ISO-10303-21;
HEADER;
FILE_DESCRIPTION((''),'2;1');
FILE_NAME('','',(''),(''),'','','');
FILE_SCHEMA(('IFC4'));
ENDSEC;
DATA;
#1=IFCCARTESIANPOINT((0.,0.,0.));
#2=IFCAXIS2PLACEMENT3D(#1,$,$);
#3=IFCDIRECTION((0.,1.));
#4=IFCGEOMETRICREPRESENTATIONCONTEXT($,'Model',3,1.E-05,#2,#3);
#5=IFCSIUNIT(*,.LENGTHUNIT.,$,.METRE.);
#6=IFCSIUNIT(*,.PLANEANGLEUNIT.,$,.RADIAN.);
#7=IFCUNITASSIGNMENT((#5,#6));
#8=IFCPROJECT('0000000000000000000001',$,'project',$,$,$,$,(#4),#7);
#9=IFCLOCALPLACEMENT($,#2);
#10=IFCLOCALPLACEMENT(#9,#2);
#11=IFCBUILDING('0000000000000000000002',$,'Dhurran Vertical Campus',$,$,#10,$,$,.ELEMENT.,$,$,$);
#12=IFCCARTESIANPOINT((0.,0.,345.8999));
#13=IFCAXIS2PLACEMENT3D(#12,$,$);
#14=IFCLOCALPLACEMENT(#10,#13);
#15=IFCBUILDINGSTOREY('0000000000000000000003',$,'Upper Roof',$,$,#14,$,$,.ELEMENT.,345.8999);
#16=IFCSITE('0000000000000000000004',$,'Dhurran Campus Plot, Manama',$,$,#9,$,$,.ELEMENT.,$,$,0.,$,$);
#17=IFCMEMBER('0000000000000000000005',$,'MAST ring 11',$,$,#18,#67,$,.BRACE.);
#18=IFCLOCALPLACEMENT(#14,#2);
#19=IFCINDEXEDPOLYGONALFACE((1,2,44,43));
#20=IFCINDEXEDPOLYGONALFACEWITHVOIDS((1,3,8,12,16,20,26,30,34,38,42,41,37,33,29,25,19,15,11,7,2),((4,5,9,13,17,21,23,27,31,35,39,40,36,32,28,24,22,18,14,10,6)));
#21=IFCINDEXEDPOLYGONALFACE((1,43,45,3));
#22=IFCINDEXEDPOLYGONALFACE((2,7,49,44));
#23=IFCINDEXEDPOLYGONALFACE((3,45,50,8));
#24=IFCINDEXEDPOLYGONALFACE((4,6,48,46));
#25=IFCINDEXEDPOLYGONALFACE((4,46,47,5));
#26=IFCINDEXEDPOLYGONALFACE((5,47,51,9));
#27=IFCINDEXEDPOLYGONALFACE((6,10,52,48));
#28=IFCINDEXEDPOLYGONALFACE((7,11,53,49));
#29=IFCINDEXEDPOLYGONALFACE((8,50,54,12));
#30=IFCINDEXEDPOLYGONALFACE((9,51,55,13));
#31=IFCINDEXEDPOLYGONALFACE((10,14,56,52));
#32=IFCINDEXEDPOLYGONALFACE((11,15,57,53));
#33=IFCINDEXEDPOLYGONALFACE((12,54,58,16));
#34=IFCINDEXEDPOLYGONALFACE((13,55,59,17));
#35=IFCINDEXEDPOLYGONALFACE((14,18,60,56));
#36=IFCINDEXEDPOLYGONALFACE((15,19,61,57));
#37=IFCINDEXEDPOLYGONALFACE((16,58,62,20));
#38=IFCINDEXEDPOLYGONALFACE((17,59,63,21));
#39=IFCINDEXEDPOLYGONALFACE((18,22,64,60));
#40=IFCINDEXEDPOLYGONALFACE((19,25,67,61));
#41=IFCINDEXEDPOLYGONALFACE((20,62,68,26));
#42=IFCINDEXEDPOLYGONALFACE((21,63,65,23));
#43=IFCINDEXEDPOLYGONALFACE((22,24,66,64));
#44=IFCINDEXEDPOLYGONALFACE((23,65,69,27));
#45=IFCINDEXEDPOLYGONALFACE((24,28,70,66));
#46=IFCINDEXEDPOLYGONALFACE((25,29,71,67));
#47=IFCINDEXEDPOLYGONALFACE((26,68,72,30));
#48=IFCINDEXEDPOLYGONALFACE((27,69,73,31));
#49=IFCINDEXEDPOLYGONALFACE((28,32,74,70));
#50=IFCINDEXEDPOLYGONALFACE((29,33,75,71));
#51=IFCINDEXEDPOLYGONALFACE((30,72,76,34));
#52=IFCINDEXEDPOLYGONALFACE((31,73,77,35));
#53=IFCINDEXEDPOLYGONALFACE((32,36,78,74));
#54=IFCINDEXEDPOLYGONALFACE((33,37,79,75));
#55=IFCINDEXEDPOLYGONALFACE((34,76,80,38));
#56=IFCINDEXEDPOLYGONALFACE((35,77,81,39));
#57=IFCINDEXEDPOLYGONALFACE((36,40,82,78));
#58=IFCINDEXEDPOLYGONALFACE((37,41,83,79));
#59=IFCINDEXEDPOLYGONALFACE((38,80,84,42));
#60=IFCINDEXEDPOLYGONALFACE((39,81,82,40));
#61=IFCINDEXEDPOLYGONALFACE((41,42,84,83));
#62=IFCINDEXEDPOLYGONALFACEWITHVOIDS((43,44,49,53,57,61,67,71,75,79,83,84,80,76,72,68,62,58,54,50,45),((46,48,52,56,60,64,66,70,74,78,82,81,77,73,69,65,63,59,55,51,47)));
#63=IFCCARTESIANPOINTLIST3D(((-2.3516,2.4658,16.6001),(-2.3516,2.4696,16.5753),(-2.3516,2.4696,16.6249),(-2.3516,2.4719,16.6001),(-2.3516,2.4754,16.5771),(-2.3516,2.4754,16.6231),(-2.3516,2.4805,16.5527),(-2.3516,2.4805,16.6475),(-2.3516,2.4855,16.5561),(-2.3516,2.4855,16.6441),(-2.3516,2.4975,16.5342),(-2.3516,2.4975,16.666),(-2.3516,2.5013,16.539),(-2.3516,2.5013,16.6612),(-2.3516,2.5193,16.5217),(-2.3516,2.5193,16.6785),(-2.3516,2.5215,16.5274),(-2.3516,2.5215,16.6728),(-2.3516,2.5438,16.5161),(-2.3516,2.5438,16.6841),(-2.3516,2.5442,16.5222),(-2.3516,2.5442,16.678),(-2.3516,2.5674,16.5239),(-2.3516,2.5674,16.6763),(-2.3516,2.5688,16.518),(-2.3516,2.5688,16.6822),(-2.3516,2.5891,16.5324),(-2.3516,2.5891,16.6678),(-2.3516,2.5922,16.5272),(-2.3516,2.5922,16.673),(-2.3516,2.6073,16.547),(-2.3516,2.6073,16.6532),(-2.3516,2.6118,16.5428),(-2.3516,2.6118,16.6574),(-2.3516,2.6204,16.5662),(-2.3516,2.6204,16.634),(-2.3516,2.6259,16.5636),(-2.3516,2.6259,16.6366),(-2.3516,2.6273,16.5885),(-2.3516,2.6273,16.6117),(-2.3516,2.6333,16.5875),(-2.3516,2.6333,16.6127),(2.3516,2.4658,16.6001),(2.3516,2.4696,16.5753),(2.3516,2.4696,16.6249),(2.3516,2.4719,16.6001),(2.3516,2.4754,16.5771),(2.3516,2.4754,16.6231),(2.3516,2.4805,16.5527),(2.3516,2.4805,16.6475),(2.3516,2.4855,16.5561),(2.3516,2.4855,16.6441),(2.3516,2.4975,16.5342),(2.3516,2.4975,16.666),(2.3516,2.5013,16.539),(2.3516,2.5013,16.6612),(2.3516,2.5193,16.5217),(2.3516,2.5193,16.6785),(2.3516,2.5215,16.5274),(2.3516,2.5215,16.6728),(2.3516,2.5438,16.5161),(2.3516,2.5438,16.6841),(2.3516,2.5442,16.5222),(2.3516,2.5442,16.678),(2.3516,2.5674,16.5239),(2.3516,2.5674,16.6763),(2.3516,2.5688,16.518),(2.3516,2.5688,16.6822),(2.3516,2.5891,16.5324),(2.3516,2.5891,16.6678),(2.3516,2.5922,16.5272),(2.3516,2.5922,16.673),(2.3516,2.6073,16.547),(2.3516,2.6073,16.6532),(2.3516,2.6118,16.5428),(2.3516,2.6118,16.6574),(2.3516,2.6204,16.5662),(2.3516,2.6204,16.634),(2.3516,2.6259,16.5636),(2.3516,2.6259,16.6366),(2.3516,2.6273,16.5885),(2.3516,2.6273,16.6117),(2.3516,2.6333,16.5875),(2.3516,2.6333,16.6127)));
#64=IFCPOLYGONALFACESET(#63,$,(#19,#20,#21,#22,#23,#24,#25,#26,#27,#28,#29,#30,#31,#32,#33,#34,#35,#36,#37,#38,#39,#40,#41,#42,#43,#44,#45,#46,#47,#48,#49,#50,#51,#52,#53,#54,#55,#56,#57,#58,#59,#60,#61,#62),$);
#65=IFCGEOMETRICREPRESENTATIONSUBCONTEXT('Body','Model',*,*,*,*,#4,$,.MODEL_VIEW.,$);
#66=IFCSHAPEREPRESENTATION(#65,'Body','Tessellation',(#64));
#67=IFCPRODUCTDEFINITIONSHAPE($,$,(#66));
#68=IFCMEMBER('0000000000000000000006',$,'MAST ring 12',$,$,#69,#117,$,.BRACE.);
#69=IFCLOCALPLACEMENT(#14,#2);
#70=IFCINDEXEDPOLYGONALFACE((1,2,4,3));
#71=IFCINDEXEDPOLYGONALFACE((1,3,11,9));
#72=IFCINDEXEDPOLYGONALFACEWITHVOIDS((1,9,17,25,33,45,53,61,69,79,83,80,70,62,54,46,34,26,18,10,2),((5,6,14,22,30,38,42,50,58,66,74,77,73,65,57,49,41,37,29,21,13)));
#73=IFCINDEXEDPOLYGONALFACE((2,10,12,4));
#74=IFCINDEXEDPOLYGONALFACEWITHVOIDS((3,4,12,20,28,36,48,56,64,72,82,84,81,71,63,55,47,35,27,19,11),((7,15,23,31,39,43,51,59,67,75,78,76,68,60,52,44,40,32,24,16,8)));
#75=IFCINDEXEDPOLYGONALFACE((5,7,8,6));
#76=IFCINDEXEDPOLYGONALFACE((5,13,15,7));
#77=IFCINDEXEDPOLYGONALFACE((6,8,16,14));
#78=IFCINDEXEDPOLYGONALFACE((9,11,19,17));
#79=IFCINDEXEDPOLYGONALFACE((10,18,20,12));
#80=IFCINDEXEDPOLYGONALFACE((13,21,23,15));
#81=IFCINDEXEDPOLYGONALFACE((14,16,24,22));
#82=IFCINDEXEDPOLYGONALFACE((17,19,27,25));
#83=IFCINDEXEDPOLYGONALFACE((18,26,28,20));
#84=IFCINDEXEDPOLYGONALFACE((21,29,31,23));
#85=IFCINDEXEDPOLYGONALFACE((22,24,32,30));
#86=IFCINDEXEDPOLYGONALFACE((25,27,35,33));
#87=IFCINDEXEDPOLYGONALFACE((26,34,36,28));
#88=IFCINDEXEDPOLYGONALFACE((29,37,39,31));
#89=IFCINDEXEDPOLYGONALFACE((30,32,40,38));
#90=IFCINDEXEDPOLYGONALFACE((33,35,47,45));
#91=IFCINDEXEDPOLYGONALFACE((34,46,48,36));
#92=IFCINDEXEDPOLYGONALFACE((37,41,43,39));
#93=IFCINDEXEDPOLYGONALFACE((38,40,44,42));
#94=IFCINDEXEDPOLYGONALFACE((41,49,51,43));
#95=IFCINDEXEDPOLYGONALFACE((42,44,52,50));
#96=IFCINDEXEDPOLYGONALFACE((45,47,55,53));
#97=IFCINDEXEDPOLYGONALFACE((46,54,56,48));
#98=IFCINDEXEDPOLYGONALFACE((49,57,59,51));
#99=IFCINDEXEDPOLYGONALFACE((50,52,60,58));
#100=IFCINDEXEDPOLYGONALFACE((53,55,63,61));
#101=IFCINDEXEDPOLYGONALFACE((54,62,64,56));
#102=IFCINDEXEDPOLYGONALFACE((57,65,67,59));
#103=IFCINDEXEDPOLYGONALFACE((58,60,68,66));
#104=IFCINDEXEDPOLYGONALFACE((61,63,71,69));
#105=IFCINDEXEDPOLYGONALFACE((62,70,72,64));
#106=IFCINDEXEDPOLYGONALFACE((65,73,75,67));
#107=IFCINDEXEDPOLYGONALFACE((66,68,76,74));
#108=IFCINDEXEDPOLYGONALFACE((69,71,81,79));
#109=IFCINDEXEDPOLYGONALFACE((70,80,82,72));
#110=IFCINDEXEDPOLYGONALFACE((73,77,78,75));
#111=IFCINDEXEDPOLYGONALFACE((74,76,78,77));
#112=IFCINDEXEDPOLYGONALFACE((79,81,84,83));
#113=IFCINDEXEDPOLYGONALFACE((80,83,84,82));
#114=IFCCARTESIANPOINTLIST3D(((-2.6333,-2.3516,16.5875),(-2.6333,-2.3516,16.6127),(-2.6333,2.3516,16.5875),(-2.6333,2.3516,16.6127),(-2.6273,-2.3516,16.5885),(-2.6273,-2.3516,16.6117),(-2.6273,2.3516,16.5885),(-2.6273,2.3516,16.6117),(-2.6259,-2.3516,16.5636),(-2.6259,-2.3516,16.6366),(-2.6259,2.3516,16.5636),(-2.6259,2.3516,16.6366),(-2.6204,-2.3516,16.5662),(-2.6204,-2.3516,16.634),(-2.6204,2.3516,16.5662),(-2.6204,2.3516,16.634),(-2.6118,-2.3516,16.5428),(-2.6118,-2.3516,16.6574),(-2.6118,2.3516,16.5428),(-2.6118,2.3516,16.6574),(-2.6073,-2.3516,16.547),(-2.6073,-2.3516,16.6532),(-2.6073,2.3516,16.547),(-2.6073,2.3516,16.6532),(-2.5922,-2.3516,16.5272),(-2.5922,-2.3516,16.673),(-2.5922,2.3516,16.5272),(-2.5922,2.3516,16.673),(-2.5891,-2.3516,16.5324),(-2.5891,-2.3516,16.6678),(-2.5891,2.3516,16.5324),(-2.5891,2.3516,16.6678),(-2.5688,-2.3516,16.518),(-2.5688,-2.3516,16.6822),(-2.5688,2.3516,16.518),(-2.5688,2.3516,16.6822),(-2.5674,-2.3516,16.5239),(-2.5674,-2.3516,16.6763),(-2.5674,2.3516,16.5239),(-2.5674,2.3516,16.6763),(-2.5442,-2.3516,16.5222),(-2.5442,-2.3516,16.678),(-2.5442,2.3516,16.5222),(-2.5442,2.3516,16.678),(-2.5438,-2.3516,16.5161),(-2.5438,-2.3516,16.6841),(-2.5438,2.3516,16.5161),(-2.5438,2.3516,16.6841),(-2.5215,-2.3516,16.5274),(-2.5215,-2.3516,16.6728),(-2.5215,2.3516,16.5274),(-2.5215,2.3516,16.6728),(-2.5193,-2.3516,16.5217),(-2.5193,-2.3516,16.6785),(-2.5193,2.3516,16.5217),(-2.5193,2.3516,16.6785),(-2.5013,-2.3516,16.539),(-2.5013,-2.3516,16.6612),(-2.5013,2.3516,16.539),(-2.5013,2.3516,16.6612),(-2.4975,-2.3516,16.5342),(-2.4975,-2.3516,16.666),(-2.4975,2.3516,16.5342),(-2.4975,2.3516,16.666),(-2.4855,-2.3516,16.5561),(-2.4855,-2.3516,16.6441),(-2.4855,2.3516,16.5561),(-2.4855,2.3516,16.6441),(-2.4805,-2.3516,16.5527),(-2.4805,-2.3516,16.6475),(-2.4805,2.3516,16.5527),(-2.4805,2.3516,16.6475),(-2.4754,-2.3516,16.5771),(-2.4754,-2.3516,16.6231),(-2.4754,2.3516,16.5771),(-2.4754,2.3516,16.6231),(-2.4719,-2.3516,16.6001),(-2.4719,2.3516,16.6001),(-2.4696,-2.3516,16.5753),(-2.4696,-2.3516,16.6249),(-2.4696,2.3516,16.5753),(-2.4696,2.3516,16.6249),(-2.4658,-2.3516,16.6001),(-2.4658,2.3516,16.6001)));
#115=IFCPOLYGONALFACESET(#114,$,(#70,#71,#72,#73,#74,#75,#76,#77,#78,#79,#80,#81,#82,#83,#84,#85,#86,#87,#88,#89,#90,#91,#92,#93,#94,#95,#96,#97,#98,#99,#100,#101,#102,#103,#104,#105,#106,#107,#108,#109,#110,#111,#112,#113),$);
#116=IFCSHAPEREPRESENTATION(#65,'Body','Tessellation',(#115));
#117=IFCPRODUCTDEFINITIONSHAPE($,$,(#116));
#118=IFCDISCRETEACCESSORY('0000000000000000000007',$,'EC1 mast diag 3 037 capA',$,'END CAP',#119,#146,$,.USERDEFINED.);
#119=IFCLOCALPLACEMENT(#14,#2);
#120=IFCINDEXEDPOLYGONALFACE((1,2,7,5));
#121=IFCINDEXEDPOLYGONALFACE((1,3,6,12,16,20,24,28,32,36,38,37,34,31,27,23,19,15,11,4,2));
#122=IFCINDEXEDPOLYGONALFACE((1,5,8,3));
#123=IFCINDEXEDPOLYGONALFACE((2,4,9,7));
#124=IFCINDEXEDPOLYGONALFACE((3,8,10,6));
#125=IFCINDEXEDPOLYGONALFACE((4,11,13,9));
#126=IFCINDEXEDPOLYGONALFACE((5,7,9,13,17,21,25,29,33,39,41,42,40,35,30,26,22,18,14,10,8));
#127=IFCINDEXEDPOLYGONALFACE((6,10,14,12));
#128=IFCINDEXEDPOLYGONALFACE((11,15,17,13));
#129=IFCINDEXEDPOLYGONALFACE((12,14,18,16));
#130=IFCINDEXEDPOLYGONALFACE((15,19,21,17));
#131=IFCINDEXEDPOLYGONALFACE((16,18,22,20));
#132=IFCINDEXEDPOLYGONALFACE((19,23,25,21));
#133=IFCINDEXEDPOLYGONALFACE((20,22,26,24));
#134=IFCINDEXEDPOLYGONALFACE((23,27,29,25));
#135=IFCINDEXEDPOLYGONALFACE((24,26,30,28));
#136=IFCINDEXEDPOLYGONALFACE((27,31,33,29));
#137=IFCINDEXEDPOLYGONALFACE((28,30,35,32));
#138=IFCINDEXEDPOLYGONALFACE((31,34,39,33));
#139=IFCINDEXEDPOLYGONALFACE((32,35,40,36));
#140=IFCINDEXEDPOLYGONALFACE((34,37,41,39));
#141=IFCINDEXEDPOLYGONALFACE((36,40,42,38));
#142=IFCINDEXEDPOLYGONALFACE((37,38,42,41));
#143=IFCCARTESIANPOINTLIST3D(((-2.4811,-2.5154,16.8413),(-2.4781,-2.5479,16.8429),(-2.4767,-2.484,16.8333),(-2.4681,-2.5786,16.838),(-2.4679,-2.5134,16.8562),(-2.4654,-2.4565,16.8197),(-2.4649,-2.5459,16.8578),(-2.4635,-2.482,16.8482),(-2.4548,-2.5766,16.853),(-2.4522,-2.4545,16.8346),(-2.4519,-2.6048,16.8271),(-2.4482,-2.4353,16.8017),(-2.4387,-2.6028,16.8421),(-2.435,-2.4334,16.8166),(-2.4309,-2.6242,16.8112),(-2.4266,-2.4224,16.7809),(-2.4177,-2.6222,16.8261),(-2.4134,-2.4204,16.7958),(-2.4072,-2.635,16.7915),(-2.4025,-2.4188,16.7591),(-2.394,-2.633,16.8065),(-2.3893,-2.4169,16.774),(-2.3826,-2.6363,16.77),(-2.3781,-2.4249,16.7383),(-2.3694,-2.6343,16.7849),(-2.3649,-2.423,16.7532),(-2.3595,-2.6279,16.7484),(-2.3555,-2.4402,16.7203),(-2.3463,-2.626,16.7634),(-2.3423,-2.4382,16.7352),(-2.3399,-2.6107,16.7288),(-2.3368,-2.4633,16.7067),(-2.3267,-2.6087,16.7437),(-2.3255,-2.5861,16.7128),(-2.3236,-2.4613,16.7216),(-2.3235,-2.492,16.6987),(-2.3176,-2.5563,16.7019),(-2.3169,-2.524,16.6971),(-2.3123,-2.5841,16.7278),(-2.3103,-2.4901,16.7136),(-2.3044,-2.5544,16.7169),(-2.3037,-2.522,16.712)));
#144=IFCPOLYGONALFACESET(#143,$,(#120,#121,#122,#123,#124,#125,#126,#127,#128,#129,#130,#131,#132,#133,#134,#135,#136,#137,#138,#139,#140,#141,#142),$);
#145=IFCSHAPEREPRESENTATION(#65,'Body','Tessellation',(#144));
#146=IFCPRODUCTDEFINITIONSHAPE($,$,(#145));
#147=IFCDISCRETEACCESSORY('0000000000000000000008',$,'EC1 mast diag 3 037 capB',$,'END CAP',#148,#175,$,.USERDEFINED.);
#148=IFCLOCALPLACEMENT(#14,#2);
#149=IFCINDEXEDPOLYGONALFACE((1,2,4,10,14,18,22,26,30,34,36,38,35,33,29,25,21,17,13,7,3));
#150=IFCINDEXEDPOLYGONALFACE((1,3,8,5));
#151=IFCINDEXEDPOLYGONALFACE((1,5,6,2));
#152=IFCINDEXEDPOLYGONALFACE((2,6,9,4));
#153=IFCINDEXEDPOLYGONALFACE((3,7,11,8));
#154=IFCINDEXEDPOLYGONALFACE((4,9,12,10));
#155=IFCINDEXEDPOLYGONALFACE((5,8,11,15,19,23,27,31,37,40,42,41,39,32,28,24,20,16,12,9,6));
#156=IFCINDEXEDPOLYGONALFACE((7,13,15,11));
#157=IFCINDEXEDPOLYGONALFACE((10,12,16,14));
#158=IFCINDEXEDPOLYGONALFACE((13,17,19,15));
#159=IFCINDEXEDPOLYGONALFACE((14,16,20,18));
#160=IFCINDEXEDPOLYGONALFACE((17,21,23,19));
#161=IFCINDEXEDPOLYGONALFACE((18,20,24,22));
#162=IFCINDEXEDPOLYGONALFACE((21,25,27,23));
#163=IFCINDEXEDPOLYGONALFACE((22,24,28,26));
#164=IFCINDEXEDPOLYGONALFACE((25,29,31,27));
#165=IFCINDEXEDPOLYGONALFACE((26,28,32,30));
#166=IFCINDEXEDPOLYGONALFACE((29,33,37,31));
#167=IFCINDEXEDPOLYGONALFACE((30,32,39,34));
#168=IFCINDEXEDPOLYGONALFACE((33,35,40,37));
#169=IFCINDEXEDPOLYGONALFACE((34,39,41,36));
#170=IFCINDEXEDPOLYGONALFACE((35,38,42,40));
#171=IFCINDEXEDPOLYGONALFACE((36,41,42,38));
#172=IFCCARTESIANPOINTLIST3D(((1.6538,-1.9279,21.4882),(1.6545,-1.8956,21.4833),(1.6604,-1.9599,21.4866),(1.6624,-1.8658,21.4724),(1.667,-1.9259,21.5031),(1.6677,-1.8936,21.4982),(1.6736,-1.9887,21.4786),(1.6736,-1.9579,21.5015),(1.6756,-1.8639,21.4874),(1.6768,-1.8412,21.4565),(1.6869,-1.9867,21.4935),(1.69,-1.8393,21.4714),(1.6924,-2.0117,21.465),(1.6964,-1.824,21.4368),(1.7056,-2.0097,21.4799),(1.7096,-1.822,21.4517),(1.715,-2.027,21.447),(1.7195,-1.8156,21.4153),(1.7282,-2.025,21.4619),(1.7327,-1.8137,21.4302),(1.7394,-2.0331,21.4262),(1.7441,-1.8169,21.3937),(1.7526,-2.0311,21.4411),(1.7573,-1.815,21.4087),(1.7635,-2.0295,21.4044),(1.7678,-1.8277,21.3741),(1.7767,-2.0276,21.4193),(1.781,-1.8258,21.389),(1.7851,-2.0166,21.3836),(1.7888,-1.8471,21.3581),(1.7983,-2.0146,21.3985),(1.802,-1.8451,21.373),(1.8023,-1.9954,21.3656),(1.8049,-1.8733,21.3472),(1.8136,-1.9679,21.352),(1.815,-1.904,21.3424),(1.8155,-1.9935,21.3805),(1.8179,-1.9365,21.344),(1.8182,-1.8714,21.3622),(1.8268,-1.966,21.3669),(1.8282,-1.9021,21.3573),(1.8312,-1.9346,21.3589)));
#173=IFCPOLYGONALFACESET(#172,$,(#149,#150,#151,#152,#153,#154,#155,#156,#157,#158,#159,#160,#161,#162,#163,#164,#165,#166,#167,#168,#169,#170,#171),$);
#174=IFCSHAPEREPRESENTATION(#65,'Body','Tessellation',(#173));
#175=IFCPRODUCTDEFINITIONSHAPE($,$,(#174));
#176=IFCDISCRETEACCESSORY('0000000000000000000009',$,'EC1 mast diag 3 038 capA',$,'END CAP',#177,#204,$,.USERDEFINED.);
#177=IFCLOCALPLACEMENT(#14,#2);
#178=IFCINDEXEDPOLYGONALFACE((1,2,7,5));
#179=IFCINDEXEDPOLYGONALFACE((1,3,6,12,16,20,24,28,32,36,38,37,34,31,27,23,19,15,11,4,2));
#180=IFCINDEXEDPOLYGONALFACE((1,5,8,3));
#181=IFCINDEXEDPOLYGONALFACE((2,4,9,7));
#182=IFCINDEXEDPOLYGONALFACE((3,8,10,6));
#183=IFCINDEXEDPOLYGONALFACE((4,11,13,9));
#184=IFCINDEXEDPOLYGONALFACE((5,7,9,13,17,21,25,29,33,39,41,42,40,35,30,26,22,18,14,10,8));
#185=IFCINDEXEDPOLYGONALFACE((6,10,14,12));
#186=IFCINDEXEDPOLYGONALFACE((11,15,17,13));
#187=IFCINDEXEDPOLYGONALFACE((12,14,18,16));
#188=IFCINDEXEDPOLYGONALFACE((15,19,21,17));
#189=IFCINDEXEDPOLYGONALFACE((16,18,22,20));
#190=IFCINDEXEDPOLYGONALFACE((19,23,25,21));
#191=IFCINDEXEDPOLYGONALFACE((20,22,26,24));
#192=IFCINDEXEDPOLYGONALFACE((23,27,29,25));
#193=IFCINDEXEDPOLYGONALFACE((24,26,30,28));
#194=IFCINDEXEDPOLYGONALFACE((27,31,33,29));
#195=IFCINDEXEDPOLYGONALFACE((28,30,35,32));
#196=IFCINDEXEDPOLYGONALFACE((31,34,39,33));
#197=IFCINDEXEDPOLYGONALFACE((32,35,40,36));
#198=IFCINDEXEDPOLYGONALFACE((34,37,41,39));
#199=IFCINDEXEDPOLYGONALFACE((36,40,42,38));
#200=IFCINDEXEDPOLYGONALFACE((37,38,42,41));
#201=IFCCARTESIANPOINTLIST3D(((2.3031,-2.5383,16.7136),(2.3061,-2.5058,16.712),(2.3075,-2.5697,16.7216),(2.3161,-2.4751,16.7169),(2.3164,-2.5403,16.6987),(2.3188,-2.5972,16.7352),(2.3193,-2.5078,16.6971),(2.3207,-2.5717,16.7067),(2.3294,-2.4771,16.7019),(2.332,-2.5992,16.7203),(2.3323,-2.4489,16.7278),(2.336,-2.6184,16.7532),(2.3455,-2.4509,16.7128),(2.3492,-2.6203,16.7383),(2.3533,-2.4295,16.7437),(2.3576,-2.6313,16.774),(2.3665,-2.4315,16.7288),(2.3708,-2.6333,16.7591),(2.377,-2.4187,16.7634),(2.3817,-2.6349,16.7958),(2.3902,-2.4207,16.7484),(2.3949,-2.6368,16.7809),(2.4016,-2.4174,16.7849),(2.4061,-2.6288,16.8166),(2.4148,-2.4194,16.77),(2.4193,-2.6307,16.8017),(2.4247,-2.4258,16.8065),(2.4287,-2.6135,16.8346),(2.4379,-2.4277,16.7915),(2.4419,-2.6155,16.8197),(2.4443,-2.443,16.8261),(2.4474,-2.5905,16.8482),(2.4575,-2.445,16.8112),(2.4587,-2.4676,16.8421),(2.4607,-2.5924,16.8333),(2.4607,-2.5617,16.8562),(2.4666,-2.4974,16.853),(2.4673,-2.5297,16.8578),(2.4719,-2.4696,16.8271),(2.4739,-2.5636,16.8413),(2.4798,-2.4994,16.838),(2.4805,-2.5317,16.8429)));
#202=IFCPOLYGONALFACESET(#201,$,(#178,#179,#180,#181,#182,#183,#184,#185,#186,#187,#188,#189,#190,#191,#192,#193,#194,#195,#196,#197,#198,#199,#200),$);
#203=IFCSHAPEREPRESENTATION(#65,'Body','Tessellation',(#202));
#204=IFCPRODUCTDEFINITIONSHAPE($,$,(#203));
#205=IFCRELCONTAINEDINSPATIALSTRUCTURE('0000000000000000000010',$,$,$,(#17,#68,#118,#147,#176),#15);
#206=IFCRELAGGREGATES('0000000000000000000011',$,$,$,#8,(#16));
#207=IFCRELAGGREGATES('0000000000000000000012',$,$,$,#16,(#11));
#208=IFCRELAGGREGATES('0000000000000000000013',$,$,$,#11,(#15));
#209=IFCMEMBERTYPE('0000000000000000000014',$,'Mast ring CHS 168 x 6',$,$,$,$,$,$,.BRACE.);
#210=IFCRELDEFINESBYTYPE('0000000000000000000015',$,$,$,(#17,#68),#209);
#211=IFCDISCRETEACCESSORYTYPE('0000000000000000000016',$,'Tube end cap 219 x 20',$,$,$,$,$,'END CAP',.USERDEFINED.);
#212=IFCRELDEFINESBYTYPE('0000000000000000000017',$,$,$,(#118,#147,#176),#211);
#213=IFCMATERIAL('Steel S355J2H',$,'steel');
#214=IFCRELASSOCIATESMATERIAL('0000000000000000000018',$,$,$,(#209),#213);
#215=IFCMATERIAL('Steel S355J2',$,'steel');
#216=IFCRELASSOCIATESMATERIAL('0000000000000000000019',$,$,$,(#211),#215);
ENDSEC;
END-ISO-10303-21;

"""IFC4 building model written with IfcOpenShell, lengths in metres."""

from ifc_helpers import new_model, si_unit, direction, frame, origin, origin_2d, place, context, subcontext, project, spatial, circle, hollow_circle, extrude, material, material_profile, profile_set, type_object, element, save


model = new_model("IFC4")

# Units and contexts
model_context = context("Model", 3, precision=1e-05, world=origin(), true_north=direction((0.0, 1.0)))
body_context = subcontext(model_context, "Body", "Model", "MODEL_VIEW")
ifc_project = project(units=[si_unit("LENGTHUNIT", "METRE"), si_unit("PLANEANGLEUNIT", "RADIAN")], contexts=[model_context])

# Site, building, storey
site_placement = place(None, origin())
site = spatial("IfcSite", under=ifc_project, at=site_placement, Name="Dhurran Campus Plot, Manama", CompositionType="ELEMENT", RefElevation=0.0)
building_placement = place(site_placement, origin())
building = spatial("IfcBuilding", under=site, at=building_placement, Name="Dhurran Vertical Campus", CompositionType="ELEMENT")
storey_placement = place(building_placement, frame((0.0, 0.0, 345.8999)))
storey = spatial("IfcBuildingStorey", under=building, at=storey_placement, Name="Upper Roof", CompositionType="ELEMENT", Elevation=345.8999)

# Members
ifc_material_1 = material(Name="Steel S355J2H", Category="steel")
ifc_material_profile_1 = material_profile(ifc_material_1, hollow_circle(Radius=0.0842, WallThickness=0.0061, at=origin_2d()), Name="CHS168x6")
ifc_profile_set_1 = profile_set([ifc_material_profile_1], Name="Steel S355J2H")
member_type_1 = type_object("IfcMemberType", Name="Mast ring CHS 168 x 6", PredefinedType="BRACE", material=ifc_profile_set_1)
for number, where, z_axis, x_axis, name in (
    (1, (2.3516, 2.55, 16.6001), (-1.0, 0.0, 0.0), (0.0, -1.0, 0.0), "MAST ring 11"),
    (2, (-2.55, 2.3516, 16.6001), (0.0, -1.0, 0.0), (1.0, 0.0, 0.0), "MAST ring 12"),
):
    element("IfcMember", number, at=place(storey_placement, frame(where, z_axis=z_axis, x_axis=x_axis)), inside=storey, type_object=member_type_1, Name=name, PredefinedType="BRACE", context=body_context, shape_type="SweptSolid", body=[
        extrude(hollow_circle(Radius=0.0842, WallThickness=0.0061, at=origin_2d()), origin(), (0.0, 0.0, 1.0), 4.7031),
    ])

# Discrete accessories
ifc_material_2 = material(Name="Steel S355J2", Category="steel")
ifc_material_profile_2 = material_profile(ifc_material_2, circle(Radius=0.1096, at=origin_2d()), Name="Tube end cap 219 x 20")
ifc_profile_set_2 = profile_set([ifc_material_profile_2], Name="Steel S355J2")
discrete_accessory_type = type_object("IfcDiscreteAccessoryType", Name="Tube end cap 219 x 20", ElementType="END CAP", PredefinedType="USERDEFINED", material=ifc_profile_set_2)
for number, where, z_axis, x_axis, name in (
    (3, (-2.3855, -2.5259, 16.7849), (-0.659666, -0.097728, -0.745178), (0.146549, -0.989203, 0.0), "EC1 mast diag 3 037 capA"),
    (4, (1.7356, -1.9241, 21.4153), (0.659666, 0.097728, 0.745178), (-0.146549, 0.989203, 0.0), "EC1 mast diag 3 037 capB"),
    (5, (2.3855, -2.5259, 16.7849), (0.659666, -0.097728, -0.745178), (0.146549, 0.989203, 0.0), "EC1 mast diag 3 038 capA"),
):
    element("IfcDiscreteAccessory", number, at=place(storey_placement, frame(where, z_axis=z_axis, x_axis=x_axis)), inside=storey, type_object=discrete_accessory_type, Name=name, ObjectType="END CAP", PredefinedType="USERDEFINED", context=body_context, shape_type="SweptSolid", body=[
        extrude(circle(Radius=0.1096, at=origin_2d()), origin(), (0.0, 0.0, 1.0), 0.02),
    ])

save(model, "model.ifc")
